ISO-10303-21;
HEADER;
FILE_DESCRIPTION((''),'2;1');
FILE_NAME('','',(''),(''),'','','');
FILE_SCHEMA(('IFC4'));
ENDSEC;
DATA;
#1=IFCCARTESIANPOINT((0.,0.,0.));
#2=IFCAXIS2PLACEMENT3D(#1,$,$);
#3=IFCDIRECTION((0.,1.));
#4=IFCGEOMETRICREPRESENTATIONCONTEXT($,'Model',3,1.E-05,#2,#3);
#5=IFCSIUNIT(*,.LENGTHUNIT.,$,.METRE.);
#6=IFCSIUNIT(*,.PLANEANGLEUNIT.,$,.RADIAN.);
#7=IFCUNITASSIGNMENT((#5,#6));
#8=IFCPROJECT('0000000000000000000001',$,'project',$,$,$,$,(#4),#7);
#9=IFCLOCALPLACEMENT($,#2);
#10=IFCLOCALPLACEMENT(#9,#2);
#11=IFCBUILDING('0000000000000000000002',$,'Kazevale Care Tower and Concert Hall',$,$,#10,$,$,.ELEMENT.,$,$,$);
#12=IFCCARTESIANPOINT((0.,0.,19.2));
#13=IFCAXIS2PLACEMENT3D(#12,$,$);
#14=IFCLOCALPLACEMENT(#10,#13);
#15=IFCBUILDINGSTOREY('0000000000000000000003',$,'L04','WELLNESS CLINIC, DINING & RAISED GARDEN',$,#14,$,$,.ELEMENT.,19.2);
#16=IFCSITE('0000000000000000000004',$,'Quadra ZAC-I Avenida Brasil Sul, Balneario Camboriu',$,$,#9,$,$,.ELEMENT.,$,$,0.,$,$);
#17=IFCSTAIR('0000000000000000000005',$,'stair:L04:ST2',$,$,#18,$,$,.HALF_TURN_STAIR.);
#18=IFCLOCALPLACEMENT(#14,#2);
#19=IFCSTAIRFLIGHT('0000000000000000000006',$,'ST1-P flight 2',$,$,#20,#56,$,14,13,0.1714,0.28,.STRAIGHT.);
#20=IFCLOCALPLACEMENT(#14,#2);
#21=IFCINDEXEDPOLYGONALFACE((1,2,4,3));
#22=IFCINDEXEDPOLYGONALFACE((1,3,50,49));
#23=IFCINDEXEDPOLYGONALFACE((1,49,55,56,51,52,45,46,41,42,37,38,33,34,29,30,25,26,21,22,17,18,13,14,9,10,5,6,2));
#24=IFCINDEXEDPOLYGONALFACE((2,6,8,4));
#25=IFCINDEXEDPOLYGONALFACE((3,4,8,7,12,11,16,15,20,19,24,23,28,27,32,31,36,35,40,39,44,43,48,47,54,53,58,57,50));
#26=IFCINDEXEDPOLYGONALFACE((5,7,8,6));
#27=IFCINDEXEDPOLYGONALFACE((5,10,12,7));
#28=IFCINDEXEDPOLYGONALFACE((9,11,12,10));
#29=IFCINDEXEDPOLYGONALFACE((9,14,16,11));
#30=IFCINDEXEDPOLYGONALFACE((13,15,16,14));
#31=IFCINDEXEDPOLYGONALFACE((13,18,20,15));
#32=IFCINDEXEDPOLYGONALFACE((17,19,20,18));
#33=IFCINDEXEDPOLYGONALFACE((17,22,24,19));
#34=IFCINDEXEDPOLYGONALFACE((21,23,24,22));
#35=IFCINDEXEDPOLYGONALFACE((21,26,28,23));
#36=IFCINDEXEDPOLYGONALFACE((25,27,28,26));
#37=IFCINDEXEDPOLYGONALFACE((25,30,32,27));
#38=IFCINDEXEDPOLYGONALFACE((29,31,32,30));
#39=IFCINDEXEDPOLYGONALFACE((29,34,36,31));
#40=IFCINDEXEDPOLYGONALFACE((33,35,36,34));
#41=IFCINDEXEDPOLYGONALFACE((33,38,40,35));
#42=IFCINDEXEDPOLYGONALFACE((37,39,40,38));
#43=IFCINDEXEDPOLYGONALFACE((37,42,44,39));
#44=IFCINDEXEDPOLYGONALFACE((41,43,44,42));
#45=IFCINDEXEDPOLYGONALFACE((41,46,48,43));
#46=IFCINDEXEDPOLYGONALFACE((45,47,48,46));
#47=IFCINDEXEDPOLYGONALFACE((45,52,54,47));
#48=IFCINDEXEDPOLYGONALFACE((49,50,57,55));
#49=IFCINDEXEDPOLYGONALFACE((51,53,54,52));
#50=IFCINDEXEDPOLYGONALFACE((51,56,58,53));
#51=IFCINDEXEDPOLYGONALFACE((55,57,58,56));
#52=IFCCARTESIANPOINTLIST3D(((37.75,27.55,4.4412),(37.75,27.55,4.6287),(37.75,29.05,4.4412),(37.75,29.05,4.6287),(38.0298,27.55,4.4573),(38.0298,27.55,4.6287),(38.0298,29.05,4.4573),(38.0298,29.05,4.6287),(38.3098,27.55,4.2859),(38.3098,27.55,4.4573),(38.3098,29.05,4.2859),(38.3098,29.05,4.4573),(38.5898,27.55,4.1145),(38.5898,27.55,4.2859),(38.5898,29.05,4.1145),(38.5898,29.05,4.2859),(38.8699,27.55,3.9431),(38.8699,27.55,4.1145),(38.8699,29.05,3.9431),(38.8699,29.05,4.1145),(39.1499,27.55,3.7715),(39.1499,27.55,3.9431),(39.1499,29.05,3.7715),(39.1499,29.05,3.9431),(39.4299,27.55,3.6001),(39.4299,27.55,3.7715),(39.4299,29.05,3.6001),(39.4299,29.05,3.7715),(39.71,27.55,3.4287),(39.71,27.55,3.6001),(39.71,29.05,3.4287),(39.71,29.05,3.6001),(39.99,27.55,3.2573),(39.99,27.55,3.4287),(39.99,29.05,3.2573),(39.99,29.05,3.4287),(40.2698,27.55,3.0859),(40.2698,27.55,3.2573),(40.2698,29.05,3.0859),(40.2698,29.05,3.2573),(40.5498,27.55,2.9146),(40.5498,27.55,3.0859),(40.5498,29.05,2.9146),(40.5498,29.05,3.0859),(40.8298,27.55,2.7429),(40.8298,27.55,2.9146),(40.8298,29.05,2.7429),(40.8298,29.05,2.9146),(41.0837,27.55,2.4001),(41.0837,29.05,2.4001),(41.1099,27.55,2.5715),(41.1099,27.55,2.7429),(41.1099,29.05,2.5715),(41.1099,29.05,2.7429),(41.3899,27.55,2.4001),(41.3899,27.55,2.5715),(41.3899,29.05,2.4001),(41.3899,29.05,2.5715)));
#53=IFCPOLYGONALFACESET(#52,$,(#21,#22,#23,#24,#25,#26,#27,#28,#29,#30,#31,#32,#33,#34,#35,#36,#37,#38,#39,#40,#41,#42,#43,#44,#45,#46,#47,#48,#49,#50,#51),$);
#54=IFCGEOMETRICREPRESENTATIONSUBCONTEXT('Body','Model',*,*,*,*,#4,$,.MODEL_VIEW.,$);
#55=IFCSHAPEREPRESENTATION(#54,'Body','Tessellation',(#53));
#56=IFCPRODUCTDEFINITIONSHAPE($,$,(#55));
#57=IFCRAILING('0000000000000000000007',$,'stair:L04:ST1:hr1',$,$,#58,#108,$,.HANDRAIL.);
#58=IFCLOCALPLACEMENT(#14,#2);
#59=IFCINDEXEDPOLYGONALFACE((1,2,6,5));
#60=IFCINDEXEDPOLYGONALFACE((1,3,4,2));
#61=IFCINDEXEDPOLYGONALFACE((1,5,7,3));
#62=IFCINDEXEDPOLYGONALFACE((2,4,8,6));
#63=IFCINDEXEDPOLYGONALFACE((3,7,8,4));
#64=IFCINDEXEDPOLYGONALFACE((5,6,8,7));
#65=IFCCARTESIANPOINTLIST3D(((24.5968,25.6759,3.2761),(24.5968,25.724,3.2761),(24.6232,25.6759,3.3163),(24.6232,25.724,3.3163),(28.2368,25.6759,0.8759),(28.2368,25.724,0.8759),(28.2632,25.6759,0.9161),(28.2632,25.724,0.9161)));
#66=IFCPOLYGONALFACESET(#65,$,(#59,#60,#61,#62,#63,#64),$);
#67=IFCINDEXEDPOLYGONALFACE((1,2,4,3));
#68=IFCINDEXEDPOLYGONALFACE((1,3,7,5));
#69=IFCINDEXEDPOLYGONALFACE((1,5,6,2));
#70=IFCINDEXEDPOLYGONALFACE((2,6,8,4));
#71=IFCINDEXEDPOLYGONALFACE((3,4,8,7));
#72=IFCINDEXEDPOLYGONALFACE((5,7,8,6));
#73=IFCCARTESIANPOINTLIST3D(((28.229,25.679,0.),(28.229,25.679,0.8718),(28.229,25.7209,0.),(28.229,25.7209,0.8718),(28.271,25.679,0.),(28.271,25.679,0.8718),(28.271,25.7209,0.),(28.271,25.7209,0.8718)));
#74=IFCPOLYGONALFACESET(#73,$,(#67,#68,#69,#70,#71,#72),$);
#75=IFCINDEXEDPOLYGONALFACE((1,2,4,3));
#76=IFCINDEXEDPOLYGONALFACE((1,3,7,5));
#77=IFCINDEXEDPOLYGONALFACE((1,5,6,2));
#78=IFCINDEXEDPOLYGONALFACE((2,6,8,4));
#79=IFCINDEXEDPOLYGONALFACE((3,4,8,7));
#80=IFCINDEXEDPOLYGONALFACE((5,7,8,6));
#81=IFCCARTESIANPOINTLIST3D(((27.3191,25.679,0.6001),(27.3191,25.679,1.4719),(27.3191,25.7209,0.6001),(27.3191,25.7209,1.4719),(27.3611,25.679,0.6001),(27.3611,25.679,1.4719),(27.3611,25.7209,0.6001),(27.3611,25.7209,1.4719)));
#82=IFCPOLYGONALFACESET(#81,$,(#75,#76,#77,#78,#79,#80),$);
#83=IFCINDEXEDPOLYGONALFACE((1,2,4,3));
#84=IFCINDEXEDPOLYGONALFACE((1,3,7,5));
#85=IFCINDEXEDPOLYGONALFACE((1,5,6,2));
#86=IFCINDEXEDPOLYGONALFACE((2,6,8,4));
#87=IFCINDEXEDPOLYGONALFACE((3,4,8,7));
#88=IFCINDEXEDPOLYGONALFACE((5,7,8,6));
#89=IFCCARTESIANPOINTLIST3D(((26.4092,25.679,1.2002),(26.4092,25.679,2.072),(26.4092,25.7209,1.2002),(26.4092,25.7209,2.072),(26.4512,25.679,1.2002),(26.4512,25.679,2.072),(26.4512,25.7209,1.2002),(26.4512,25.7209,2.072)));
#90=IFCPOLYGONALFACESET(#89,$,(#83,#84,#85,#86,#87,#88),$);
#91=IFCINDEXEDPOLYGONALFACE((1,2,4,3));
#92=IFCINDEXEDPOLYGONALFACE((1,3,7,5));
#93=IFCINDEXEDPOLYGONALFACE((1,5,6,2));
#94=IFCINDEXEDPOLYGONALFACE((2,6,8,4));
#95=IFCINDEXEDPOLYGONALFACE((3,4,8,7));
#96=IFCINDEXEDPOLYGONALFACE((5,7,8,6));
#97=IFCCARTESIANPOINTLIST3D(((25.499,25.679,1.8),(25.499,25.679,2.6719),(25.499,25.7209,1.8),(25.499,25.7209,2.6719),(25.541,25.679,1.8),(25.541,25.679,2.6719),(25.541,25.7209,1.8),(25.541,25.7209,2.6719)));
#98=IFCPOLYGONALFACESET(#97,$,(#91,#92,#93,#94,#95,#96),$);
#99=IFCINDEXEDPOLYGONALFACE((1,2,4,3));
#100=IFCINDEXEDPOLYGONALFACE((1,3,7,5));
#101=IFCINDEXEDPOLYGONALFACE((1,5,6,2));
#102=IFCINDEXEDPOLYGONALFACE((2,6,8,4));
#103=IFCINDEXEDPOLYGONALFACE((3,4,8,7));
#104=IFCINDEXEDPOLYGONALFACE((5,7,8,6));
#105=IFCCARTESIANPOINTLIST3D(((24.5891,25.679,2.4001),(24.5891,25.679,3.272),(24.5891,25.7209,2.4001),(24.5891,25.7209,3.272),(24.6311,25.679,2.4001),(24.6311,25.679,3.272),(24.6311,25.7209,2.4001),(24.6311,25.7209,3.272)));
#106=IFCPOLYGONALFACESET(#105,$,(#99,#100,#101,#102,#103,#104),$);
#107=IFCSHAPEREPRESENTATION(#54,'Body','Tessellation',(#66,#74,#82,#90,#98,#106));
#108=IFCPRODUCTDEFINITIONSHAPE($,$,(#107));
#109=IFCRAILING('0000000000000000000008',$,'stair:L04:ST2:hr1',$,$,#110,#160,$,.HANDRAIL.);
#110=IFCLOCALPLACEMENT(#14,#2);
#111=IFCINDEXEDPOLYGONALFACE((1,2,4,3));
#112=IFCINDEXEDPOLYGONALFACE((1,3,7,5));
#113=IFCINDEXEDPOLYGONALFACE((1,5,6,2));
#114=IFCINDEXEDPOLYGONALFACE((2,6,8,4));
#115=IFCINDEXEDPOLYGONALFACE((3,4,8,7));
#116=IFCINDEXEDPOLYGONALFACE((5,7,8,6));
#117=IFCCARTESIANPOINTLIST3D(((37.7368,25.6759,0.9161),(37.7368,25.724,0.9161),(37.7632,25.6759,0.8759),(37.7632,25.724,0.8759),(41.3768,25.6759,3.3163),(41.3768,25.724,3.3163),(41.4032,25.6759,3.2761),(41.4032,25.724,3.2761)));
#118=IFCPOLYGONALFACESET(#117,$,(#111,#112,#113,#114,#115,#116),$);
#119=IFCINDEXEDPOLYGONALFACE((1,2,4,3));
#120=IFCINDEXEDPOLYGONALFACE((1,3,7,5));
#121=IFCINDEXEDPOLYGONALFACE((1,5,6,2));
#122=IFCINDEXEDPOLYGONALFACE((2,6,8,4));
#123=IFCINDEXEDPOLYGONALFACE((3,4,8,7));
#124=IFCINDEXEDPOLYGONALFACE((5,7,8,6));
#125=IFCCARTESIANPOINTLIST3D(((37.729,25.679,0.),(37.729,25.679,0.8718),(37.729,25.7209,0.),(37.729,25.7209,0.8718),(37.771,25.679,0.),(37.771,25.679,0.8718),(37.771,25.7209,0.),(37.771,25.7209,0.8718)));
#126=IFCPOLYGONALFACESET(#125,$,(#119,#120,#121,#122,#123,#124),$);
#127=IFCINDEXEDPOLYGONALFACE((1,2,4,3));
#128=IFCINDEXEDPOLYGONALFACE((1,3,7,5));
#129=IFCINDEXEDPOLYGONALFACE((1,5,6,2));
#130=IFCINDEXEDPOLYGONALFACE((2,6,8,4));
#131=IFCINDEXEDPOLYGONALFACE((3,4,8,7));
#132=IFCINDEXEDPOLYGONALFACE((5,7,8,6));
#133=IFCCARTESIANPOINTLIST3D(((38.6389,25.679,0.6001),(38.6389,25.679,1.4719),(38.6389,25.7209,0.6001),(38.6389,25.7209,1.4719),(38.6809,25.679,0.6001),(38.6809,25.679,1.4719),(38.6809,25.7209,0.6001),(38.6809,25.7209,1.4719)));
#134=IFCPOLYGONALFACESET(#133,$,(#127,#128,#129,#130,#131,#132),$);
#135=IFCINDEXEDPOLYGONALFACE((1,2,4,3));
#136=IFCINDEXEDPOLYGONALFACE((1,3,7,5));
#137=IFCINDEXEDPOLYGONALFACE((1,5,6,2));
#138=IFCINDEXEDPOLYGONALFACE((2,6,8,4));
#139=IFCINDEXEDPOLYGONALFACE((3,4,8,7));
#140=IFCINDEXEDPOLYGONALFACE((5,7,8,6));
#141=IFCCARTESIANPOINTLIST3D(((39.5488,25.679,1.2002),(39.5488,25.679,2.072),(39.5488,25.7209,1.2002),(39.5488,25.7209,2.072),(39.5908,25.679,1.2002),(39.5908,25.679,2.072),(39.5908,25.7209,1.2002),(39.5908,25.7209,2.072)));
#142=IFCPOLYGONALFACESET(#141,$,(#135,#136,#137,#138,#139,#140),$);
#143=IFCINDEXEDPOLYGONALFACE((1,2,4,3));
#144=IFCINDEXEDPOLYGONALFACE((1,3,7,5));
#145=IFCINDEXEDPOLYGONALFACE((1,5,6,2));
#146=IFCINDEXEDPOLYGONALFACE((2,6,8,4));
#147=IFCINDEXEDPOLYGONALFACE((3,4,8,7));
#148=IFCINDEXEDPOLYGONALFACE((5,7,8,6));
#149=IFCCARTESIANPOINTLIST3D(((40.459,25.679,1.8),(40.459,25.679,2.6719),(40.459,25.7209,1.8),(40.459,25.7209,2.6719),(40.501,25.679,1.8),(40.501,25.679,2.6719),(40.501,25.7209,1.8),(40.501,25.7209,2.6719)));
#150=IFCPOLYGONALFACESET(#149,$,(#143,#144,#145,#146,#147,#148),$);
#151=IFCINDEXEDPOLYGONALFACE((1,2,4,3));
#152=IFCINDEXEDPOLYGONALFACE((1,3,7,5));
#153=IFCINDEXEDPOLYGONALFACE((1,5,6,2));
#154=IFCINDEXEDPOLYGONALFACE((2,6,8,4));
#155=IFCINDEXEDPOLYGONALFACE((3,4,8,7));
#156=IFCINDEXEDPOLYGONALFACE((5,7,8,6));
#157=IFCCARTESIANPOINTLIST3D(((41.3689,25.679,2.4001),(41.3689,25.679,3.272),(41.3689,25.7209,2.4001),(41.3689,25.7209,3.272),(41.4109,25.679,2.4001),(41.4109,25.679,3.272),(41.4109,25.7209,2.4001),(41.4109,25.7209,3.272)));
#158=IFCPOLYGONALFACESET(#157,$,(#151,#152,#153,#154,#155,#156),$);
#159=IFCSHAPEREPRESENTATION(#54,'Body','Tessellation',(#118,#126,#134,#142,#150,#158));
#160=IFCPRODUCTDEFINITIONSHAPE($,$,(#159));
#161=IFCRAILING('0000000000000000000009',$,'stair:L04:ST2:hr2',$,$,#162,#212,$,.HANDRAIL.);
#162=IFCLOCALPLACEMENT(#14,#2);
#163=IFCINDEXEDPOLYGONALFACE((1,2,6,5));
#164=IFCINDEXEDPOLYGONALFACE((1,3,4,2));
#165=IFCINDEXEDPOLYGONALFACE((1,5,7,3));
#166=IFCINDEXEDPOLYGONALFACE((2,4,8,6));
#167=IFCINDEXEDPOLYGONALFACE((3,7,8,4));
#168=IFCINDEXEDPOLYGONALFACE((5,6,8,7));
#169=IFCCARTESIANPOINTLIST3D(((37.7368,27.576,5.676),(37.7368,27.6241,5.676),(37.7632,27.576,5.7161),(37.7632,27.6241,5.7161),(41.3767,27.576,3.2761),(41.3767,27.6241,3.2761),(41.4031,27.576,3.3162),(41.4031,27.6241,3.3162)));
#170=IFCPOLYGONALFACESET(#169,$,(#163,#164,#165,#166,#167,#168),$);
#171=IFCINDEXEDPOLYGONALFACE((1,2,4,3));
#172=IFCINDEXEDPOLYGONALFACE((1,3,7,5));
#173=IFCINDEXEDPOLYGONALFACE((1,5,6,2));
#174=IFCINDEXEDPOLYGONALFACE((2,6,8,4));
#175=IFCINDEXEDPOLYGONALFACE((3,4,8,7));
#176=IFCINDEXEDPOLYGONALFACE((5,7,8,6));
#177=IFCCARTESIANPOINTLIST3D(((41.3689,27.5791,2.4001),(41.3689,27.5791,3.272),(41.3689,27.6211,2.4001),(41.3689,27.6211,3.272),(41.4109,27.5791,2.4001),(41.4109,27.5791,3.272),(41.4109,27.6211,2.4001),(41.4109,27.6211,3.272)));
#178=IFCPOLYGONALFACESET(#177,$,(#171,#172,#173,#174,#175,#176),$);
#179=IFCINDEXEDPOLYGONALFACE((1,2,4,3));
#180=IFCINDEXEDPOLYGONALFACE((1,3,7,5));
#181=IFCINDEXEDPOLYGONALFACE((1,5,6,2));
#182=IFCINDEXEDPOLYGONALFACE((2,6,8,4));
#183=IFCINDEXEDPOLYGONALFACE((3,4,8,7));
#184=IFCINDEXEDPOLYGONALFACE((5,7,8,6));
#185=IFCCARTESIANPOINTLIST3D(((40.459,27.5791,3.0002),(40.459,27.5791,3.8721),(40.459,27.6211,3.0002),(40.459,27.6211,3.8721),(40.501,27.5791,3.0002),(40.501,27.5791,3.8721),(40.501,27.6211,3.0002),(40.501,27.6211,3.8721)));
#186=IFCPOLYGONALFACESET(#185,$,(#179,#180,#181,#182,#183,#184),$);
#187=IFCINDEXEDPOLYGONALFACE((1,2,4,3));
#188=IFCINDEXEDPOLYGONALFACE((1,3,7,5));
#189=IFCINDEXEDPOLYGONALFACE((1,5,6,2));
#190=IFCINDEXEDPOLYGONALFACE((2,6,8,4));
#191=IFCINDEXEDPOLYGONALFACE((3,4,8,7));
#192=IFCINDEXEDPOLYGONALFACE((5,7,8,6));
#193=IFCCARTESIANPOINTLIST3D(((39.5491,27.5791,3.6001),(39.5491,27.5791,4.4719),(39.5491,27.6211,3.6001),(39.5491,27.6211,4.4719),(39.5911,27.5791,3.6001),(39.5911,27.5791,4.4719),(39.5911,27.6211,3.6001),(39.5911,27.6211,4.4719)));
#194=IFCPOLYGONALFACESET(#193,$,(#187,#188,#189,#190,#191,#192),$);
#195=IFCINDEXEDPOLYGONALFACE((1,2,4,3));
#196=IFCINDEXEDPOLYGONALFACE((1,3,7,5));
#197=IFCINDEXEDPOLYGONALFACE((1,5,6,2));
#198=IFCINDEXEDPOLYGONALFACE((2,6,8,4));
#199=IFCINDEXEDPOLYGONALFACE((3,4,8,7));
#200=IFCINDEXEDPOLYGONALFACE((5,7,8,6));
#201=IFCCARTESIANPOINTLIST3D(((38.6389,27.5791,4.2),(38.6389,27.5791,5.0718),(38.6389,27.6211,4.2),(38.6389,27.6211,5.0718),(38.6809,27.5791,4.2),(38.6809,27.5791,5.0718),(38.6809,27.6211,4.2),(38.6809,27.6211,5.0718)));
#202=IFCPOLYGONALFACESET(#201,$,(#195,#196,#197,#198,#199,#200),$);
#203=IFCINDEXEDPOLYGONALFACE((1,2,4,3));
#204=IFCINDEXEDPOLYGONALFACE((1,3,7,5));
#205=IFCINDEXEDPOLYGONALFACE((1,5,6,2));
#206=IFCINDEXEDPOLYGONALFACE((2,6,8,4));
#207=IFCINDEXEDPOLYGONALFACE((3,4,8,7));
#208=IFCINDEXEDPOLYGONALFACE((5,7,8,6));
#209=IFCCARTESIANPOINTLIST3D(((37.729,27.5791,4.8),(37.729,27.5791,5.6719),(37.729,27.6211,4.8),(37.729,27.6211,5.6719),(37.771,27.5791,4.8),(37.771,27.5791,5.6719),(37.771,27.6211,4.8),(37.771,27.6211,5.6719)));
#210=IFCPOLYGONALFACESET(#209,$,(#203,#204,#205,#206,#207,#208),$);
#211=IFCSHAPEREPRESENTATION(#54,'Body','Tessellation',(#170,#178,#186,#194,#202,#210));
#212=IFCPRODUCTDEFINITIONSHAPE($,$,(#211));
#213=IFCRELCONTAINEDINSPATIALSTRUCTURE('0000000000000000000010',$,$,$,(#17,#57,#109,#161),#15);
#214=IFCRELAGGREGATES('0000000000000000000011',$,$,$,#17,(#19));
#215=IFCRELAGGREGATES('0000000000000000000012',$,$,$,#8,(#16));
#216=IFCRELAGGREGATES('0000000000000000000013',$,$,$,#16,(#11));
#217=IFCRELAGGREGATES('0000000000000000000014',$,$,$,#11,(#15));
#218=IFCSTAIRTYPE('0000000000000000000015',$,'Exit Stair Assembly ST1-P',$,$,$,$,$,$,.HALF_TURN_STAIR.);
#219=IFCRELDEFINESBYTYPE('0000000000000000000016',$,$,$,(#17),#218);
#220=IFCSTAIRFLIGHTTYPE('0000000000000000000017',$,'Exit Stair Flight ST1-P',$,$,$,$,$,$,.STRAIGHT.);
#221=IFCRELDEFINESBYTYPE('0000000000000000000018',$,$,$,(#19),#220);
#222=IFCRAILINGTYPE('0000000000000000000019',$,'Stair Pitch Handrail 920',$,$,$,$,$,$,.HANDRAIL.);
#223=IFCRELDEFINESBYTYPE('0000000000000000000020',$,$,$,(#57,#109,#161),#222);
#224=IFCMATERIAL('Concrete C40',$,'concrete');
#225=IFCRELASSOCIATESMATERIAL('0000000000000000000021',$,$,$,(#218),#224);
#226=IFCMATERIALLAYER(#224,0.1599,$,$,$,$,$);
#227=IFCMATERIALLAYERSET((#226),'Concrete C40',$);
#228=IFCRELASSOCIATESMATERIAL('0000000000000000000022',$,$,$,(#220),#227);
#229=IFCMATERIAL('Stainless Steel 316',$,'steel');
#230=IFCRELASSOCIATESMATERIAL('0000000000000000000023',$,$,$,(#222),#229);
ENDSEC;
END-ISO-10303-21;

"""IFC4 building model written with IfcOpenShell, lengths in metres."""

from ifc_helpers import new_model, si_unit, direction, frame, origin, origin_2d, place, context, subcontext, project, spatial, polyline, rectangle, outline, extrude, material, layer, layer_set, type_object, element, aggregate, save


model = new_model("IFC4")

# Units and contexts
model_context = context("Model", 3, precision=1e-05, world=origin(), true_north=direction((0.0, 1.0)))
body_context = subcontext(model_context, "Body", "Model", "MODEL_VIEW")
ifc_project = project(units=[si_unit("LENGTHUNIT", "METRE"), si_unit("PLANEANGLEUNIT", "RADIAN")], contexts=[model_context])

# Site, building, storey
site_placement = place(None, origin())
site = spatial("IfcSite", under=ifc_project, at=site_placement, Name="Quadra ZAC-I Avenida Brasil Sul, Balneario Camboriu", CompositionType="ELEMENT", RefElevation=0.0)
building_placement = place(site_placement, origin())
building = spatial("IfcBuilding", under=site, at=building_placement, Name="Kazevale Care Tower and Concert Hall", CompositionType="ELEMENT")
storey_placement = place(building_placement, frame((0.0, 0.0, 19.2)))
storey = spatial("IfcBuildingStorey", under=building, at=storey_placement, Name="L04", Description="WELLNESS CLINIC, DINING & RAISED GARDEN", CompositionType="ELEMENT", Elevation=19.2)

# Shared definitions
ifc_material_1 = material(Name="Concrete C40", Category="concrete")
ifc_material_2 = material(Name="Stainless Steel 316", Category="steel")

# Shared definitions
stair_type = type_object("IfcStairType", Name="Exit Stair Assembly ST1-P", PredefinedType="HALF_TURN_STAIR", material=ifc_material_1)
ifc_layer_1 = layer(ifc_material_1, 0.1599)
ifc_layer_set_1 = layer_set([ifc_layer_1], Name="Concrete C40")
stair_flight_type = type_object("IfcStairFlightType", Name="Exit Stair Flight ST1-P", PredefinedType="STRAIGHT", material=ifc_layer_set_1)

# Stair, stair flight
stair_1_placement = place(storey_placement, origin())
stair_1 = element("IfcStair", 1, at=stair_1_placement, inside=storey, type_object=stair_type, Name="stair:L04:ST2", PredefinedType="HALF_TURN_STAIR")
stair_flight_1_placement = place(storey_placement, frame((41.3899, 28.3, 2.4001), z_axis=(0.0, 0.0, 1.0), x_axis=(-1.0, 0.0, 0.0)))
stair_flight_1 = element("IfcStairFlight", 2, at=stair_flight_1_placement, type_object=stair_flight_type, Name="ST1-P flight 2", NumberOfRisers=14, NumberOfTreads=13, PredefinedType="STRAIGHT", RiserHeight=0.1714, TreadLength=0.28, context=body_context, shape_type="SweptSolid", body=[
    extrude(outline(polyline([(0.0, 0.0), (0.0, 0.1714), (0.28, 0.1714), (0.28, 0.3428), (0.5601, 0.3428), (0.5601, 0.5144), (0.8401, 0.5144), (0.8401, 0.6858), (1.1201, 0.6858), (1.1201, 0.8572), (1.3999, 0.8572), (1.3999, 1.0286), (1.6799, 1.0286), (1.6799, 1.2), (1.96, 1.2), (1.96, 1.3713), (2.24, 1.3713), (2.24, 1.543), (2.52, 1.543), (2.52, 1.7144), (2.8, 1.7144), (2.8, 1.8857), (3.0801, 1.8857), (3.0801, 2.0571), (3.3601, 2.0571), (3.3601, 2.2285), (3.6399, 2.2285), (3.6399, 2.3999), (3.6399, 2.041), (0.3062, 0.0), (0.0, 0.0)])), frame((0.0, 0.75, 0.0), z_axis=(0.0, -1.0, 0.0), x_axis=(1.0, 0.0, 0.0)), (0.0, 0.0, 1.0), 1.5),
])
aggregate(stair_1, [stair_flight_1])

# Railings
railing_type_1 = type_object("IfcRailingType", Name="Stair Pitch Handrail 920", PredefinedType="HANDRAIL", material=ifc_material_2)
railing_1_placement = place(storey_placement, frame((28.25, 25.7, 0.0)))
element("IfcRailing", 3, at=railing_1_placement, inside=storey, type_object=railing_type_1, Name="stair:L04:ST1:hr1", PredefinedType="HANDRAIL", context=body_context, shape_type="SweptSolid", body=[
    extrude(rectangle(XDim=0.0481, YDim=0.0481, at=origin_2d()), frame((0.0, 0.0, 0.896), z_axis=(-0.834839, 0.0, 0.550493), x_axis=(0.0, -1.0, 0.0)), (0.0, 0.0, 1.0), 4.3601),
    extrude(rectangle(XDim=0.042, YDim=0.042, at=origin_2d()), origin(), (0.0, 0.0, 1.0), 0.8718),
    extrude(rectangle(XDim=0.042, YDim=0.042, at=origin_2d()), frame((-0.9099, 0.0, 0.6001)), (0.0, 0.0, 1.0), 0.8718),
    extrude(rectangle(XDim=0.042, YDim=0.042, at=origin_2d()), frame((-1.8198, 0.0, 1.2002)), (0.0, 0.0, 1.0), 0.8718),
    extrude(rectangle(XDim=0.042, YDim=0.042, at=origin_2d()), frame((-2.73, 0.0, 1.8)), (0.0, 0.0, 1.0), 0.8718),
    extrude(rectangle(XDim=0.042, YDim=0.042, at=origin_2d()), frame((-3.6399, 0.0, 2.4001)), (0.0, 0.0, 1.0), 0.8718),
])
railing_2_placement = place(storey_placement, frame((37.75, 25.7, 0.0)))
element("IfcRailing", 4, at=railing_2_placement, inside=storey, type_object=railing_type_1, Name="stair:L04:ST2:hr1", PredefinedType="HANDRAIL", context=body_context, shape_type="SweptSolid", body=[
    extrude(rectangle(XDim=0.0481, YDim=0.0481, at=origin_2d()), frame((0.0, 0.0, 0.896), z_axis=(0.834839, 0.0, 0.550493), x_axis=(0.0, 1.0, 0.0)), (0.0, 0.0, 1.0), 4.3601),
    extrude(rectangle(XDim=0.042, YDim=0.042, at=origin_2d()), origin(), (0.0, 0.0, 1.0), 0.8718),
    extrude(rectangle(XDim=0.042, YDim=0.042, at=origin_2d()), frame((0.9099, 0.0, 0.6001)), (0.0, 0.0, 1.0), 0.8718),
    extrude(rectangle(XDim=0.042, YDim=0.042, at=origin_2d()), frame((1.8198, 0.0, 1.2002)), (0.0, 0.0, 1.0), 0.8718),
    extrude(rectangle(XDim=0.042, YDim=0.042, at=origin_2d()), frame((2.73, 0.0, 1.8)), (0.0, 0.0, 1.0), 0.8718),
    extrude(rectangle(XDim=0.042, YDim=0.042, at=origin_2d()), frame((3.6399, 0.0, 2.4001)), (0.0, 0.0, 1.0), 0.8718),
])
railing_3_placement = place(storey_placement, frame((41.3899, 27.6001, 2.4001)))
element("IfcRailing", 5, at=railing_3_placement, inside=storey, type_object=railing_type_1, Name="stair:L04:ST2:hr2", PredefinedType="HANDRAIL", context=body_context, shape_type="SweptSolid", body=[
    extrude(rectangle(XDim=0.0481, YDim=0.0481, at=origin_2d()), frame((0.0, 0.0, 0.896), z_axis=(-0.834865, 0.0, 0.550454), x_axis=(0.0, -1.0, 0.0)), (0.0, 0.0, 1.0), 4.3599),
    extrude(rectangle(XDim=0.042, YDim=0.042, at=origin_2d()), origin(), (0.0, 0.0, 1.0), 0.8718),
    extrude(rectangle(XDim=0.042, YDim=0.042, at=origin_2d()), frame((-0.9099, 0.0, 0.6001)), (0.0, 0.0, 1.0), 0.8718),
    extrude(rectangle(XDim=0.042, YDim=0.042, at=origin_2d()), frame((-1.8198, 0.0, 1.2)), (0.0, 0.0, 1.0), 0.8718),
    extrude(rectangle(XDim=0.042, YDim=0.042, at=origin_2d()), frame((-2.73, 0.0, 1.7998)), (0.0, 0.0, 1.0), 0.8718),
    extrude(rectangle(XDim=0.042, YDim=0.042, at=origin_2d()), frame((-3.6399, 0.0, 2.3999)), (0.0, 0.0, 1.0), 0.8718),
])

save(model, "model.ifc")
